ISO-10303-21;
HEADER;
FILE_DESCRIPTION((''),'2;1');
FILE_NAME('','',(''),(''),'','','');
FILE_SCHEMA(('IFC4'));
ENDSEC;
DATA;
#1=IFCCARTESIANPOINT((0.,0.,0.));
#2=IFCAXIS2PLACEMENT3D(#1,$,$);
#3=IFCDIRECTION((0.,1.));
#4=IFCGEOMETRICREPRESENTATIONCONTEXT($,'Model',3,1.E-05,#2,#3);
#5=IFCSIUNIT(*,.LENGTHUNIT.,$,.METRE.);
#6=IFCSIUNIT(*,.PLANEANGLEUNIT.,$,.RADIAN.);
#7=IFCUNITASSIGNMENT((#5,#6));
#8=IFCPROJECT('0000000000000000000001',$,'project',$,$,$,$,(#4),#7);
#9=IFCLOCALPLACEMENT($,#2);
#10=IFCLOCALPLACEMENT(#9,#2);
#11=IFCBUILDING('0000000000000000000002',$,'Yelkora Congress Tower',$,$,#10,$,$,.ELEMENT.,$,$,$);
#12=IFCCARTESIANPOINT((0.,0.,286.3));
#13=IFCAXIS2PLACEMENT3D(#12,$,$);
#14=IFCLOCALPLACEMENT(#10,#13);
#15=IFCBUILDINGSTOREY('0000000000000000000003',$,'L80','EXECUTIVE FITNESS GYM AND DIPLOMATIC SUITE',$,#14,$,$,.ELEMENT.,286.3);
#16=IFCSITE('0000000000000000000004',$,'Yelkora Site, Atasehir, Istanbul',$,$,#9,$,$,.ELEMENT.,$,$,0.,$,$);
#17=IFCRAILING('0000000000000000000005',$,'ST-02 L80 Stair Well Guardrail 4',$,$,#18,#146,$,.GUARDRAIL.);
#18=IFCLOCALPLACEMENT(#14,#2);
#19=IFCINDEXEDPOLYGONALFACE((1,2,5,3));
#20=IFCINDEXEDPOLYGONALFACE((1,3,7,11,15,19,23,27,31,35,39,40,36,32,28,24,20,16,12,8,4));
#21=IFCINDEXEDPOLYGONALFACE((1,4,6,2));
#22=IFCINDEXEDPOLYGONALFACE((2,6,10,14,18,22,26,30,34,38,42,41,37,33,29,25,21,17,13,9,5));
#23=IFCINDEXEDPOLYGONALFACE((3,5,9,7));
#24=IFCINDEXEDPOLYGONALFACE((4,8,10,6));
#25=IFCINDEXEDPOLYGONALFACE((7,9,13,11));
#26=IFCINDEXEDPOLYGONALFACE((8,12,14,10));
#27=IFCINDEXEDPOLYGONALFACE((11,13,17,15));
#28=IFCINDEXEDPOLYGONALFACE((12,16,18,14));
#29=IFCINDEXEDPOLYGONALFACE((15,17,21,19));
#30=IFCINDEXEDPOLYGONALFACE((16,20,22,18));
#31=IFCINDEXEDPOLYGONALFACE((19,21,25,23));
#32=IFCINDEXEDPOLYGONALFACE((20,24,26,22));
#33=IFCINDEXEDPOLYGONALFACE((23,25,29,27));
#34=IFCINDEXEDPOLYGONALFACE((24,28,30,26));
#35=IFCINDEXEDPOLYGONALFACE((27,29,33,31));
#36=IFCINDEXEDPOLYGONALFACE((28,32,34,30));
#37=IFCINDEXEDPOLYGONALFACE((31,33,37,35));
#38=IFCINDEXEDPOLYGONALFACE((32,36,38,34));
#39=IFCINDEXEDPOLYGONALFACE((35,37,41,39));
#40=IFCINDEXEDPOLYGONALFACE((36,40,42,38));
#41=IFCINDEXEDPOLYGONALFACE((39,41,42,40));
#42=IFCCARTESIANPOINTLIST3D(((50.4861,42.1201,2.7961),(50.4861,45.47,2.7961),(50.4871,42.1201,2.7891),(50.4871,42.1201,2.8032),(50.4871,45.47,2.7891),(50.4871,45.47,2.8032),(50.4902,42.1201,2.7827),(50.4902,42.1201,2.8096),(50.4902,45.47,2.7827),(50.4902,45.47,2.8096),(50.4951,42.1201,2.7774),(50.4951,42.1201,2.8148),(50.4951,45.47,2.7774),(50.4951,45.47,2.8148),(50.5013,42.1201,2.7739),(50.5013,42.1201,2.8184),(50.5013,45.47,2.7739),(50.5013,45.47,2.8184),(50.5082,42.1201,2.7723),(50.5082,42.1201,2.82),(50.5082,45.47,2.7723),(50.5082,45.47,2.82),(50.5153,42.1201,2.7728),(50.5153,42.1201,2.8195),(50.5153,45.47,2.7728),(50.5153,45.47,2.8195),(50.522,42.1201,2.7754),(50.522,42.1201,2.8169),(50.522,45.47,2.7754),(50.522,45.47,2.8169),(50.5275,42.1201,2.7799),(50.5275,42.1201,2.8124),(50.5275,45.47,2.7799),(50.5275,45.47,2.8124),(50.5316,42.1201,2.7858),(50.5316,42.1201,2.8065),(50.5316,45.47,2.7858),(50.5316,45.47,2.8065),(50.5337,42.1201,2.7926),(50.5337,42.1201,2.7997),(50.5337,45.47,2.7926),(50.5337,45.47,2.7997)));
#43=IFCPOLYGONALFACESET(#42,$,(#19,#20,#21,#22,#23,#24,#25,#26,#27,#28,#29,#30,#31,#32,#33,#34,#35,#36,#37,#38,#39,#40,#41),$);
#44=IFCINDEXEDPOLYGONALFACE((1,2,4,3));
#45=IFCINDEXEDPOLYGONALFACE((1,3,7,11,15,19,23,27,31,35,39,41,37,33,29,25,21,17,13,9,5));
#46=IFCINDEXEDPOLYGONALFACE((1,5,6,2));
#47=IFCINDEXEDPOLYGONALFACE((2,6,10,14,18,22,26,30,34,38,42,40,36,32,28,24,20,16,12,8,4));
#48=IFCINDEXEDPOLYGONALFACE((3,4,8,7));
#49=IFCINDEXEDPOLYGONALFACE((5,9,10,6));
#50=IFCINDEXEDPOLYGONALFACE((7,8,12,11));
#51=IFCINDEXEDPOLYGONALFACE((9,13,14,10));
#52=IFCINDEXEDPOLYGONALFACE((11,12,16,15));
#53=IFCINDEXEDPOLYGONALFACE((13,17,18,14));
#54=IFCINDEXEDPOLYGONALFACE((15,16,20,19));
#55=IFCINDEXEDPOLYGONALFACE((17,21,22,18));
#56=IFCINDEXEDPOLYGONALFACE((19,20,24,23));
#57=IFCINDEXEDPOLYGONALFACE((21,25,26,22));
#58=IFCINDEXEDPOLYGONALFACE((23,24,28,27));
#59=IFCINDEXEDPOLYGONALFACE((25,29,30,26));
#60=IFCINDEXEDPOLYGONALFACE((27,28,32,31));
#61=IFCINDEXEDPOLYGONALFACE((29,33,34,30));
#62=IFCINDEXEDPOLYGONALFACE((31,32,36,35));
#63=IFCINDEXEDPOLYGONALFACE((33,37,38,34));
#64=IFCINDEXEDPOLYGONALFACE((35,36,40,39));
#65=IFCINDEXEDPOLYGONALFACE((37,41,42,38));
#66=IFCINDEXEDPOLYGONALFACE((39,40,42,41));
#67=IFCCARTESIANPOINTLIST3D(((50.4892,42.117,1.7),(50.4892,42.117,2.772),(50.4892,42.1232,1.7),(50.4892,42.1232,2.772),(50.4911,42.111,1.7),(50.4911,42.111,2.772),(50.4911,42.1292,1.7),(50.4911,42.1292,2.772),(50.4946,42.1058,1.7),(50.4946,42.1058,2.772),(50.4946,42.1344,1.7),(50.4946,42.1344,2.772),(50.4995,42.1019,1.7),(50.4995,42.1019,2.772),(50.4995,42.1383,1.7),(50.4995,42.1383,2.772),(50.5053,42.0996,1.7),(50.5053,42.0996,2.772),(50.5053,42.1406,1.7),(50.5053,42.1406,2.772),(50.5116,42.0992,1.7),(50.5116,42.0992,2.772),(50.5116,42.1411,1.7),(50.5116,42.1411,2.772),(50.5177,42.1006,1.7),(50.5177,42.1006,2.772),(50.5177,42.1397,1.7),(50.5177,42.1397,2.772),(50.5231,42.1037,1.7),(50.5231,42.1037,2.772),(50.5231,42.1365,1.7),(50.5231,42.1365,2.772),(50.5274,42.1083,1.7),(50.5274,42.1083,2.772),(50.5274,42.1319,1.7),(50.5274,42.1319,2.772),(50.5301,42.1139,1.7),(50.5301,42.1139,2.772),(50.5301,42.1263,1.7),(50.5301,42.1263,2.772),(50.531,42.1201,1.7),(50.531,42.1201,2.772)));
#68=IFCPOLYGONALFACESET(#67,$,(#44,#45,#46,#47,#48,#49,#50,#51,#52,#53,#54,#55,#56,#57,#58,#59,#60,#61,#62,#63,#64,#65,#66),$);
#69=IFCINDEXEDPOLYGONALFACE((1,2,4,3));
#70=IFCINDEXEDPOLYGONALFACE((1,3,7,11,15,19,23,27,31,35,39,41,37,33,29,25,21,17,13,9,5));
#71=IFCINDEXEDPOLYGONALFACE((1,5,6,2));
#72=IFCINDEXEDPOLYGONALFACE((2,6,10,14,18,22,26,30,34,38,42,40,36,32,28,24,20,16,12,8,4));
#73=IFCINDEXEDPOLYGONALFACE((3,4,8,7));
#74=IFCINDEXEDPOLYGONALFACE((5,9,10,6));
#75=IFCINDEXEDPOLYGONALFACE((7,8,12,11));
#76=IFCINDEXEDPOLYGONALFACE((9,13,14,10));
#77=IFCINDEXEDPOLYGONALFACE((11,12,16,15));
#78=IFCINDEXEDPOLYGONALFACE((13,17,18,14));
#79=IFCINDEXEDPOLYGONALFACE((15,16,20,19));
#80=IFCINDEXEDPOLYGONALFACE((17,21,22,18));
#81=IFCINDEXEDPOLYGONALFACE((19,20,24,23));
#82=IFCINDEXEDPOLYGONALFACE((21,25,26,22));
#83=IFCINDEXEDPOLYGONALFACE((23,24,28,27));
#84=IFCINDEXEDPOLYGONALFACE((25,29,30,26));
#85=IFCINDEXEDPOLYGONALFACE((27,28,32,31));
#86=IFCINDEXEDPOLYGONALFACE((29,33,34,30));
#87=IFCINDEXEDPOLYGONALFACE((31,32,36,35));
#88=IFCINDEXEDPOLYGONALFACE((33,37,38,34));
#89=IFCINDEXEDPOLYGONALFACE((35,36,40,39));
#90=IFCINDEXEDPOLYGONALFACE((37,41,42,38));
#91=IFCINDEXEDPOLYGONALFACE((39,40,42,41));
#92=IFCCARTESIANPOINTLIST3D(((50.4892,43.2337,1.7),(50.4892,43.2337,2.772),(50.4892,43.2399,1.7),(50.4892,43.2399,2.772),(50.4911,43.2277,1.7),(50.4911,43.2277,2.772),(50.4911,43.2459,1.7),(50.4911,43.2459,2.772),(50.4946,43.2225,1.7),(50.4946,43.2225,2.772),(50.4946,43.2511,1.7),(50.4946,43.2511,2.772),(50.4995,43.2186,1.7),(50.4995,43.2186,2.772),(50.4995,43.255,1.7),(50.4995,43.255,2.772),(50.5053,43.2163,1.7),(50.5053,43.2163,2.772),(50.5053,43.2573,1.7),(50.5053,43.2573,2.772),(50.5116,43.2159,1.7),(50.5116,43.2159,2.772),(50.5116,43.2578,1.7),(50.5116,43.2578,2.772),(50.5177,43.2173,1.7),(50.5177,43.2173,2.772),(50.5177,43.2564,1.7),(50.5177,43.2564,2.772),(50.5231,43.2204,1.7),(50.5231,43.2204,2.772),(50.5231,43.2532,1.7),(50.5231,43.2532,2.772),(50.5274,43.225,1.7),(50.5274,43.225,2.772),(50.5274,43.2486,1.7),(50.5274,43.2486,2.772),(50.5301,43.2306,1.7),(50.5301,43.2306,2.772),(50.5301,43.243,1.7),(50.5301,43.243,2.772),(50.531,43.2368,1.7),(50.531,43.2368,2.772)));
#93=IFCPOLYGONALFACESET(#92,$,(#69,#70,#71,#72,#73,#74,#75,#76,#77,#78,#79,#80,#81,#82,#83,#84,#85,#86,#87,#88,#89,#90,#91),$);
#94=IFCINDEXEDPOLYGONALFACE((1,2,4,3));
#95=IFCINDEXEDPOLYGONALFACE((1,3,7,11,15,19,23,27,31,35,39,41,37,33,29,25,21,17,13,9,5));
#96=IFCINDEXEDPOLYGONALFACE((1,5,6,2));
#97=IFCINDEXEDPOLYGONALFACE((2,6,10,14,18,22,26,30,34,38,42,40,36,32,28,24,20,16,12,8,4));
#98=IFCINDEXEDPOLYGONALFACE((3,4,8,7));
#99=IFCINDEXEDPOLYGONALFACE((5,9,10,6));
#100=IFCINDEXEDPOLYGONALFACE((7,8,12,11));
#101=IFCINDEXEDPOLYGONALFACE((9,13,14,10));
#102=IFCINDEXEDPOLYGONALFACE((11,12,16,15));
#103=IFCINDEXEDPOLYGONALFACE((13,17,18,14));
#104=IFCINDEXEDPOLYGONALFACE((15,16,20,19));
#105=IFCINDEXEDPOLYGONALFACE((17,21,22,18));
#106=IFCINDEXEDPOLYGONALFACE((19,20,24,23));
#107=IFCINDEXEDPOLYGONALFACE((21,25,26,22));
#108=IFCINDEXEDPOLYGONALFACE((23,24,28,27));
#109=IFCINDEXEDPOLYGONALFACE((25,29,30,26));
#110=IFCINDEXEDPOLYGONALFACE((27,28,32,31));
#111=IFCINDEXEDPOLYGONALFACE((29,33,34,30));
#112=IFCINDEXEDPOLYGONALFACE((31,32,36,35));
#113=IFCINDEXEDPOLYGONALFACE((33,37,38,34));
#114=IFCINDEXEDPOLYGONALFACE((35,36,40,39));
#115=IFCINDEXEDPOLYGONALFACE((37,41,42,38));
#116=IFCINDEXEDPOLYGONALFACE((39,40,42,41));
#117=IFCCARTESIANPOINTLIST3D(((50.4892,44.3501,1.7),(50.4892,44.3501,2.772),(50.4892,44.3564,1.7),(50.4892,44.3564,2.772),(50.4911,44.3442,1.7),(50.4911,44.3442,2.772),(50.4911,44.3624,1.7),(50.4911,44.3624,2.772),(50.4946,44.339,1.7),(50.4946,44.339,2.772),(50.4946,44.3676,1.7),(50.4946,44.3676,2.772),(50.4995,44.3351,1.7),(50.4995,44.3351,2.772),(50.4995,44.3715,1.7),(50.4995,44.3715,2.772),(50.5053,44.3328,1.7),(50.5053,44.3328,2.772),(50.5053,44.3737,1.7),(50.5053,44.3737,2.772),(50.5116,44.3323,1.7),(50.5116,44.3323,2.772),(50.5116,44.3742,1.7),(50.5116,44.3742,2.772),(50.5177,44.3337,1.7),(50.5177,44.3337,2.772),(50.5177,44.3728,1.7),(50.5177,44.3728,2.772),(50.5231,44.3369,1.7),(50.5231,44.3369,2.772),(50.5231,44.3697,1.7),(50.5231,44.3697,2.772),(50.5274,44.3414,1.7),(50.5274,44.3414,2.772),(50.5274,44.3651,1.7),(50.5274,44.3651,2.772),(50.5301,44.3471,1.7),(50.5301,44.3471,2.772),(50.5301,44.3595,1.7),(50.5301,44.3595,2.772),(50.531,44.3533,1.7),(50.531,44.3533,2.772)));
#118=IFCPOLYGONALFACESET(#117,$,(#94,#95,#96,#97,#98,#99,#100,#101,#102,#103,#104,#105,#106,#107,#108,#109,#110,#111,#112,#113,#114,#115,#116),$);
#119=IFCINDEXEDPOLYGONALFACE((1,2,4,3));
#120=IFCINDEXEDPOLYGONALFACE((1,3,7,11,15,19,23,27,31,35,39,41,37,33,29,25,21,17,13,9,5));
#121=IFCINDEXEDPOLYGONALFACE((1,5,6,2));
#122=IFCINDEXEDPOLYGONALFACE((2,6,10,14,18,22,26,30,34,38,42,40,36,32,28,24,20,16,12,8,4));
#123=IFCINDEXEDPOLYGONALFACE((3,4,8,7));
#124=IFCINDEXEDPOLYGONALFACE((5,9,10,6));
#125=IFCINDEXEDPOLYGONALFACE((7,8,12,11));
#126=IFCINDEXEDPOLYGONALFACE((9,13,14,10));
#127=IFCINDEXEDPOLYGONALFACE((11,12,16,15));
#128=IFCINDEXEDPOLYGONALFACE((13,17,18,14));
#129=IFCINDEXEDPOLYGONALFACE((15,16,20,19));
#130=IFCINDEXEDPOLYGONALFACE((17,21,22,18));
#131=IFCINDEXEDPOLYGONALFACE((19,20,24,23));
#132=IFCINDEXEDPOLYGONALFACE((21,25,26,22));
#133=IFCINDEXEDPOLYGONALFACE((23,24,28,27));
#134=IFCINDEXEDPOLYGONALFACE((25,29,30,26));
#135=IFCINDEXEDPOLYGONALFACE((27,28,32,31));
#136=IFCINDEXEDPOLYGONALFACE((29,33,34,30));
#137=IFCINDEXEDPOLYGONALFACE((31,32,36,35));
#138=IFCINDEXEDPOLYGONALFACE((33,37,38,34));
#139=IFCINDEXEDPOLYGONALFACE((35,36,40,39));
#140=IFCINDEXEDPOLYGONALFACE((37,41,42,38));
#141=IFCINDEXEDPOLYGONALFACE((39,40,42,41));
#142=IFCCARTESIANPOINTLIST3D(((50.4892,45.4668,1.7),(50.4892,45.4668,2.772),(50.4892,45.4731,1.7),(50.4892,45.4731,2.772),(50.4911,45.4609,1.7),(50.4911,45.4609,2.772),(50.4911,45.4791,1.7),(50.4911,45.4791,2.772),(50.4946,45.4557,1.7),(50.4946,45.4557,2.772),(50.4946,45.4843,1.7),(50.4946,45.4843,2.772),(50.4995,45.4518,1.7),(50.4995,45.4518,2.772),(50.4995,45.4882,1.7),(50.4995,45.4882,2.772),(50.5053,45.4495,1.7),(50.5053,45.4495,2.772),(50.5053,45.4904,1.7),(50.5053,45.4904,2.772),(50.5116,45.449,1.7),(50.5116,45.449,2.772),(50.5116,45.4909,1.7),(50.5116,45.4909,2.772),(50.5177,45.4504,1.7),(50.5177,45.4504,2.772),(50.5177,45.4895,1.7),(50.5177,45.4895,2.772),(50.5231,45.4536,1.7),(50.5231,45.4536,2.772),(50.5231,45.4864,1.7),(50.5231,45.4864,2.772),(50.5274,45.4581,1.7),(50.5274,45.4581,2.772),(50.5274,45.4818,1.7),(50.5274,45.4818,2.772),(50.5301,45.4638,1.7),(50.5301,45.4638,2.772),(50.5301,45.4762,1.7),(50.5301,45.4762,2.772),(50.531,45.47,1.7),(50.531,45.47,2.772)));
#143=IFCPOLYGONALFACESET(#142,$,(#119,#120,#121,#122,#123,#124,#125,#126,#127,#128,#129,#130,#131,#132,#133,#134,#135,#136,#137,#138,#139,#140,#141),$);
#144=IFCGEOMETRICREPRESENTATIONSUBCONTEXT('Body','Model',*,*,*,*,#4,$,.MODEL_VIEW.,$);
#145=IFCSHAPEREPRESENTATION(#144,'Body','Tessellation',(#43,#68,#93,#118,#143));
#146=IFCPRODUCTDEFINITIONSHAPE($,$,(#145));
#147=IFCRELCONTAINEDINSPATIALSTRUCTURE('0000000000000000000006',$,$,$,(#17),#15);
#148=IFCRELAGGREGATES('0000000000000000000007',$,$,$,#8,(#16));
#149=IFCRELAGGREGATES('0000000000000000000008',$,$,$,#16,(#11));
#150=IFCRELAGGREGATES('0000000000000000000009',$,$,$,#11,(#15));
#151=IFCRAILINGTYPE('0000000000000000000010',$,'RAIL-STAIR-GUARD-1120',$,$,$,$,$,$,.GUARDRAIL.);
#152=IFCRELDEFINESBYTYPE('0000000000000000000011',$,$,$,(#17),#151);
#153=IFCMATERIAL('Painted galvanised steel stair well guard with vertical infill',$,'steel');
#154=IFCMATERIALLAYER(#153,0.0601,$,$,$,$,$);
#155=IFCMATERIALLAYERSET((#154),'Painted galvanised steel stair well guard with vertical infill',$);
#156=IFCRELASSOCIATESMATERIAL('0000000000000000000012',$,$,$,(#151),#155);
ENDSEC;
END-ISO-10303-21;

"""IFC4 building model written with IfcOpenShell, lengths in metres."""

from ifc_helpers import new_model, si_unit, direction, frame, origin, origin_2d, place, context, subcontext, project, spatial, circle, extrude, material, layer, layer_set, type_object, element, save


model = new_model("IFC4")

# Units and contexts
model_context = context("Model", 3, precision=1e-05, world=origin(), true_north=direction((0.0, 1.0)))
body_context = subcontext(model_context, "Body", "Model", "MODEL_VIEW")
ifc_project = project(units=[si_unit("LENGTHUNIT", "METRE"), si_unit("PLANEANGLEUNIT", "RADIAN")], contexts=[model_context])

# Site, building, storey
site_placement = place(None, origin())
site = spatial("IfcSite", under=ifc_project, at=site_placement, Name="Yelkora Site, Atasehir, Istanbul", CompositionType="ELEMENT", RefElevation=0.0)
building_placement = place(site_placement, origin())
building = spatial("IfcBuilding", under=site, at=building_placement, Name="Yelkora Congress Tower", CompositionType="ELEMENT")
storey_placement = place(building_placement, frame((0.0, 0.0, 286.3)))
storey = spatial("IfcBuildingStorey", under=building, at=storey_placement, Name="L80", Description="EXECUTIVE FITNESS GYM AND DIPLOMATIC SUITE", CompositionType="ELEMENT", Elevation=286.3)

# Railing
ifc_material_1 = material(Name="Painted galvanised steel stair well guard with vertical infill", Category="steel")
ifc_layer_1 = layer(ifc_material_1, 0.0601)
ifc_layer_set_1 = layer_set([ifc_layer_1], Name="Painted galvanised steel stair well guard with vertical infill")
railing_type_1 = type_object("IfcRailingType", Name="RAIL-STAIR-GUARD-1120", PredefinedType="GUARDRAIL", material=ifc_layer_set_1)
railing_1_placement = place(storey_placement, frame((50.51, 42.1201, 1.7)))
element("IfcRailing", 1, at=railing_1_placement, inside=storey, type_object=railing_type_1, Name="ST-02 L80 Stair Well Guardrail 4", PredefinedType="GUARDRAIL", context=body_context, shape_type="SweptSolid", body=[
    extrude(circle(Radius=0.0239, at=origin_2d()), frame((0.0, 0.0, 1.0962), z_axis=(0.0, 1.0, 0.0), x_axis=(-1.0, 0.0, 0.0)), (0.0, 0.0, 1.0), 3.3499),
    extrude(circle(Radius=0.021, at=origin_2d()), origin(), (0.0, 0.0, 1.0), 1.072),
    extrude(circle(Radius=0.021, at=origin_2d()), frame((0.0, 1.1167, 0.0)), (0.0, 0.0, 1.0), 1.072),
    extrude(circle(Radius=0.021, at=origin_2d()), frame((0.0, 2.2332, 0.0)), (0.0, 0.0, 1.0), 1.072),
    extrude(circle(Radius=0.021, at=origin_2d()), frame((0.0, 3.3499, 0.0)), (0.0, 0.0, 1.0), 1.072),
])

save(model, "model.ifc")
